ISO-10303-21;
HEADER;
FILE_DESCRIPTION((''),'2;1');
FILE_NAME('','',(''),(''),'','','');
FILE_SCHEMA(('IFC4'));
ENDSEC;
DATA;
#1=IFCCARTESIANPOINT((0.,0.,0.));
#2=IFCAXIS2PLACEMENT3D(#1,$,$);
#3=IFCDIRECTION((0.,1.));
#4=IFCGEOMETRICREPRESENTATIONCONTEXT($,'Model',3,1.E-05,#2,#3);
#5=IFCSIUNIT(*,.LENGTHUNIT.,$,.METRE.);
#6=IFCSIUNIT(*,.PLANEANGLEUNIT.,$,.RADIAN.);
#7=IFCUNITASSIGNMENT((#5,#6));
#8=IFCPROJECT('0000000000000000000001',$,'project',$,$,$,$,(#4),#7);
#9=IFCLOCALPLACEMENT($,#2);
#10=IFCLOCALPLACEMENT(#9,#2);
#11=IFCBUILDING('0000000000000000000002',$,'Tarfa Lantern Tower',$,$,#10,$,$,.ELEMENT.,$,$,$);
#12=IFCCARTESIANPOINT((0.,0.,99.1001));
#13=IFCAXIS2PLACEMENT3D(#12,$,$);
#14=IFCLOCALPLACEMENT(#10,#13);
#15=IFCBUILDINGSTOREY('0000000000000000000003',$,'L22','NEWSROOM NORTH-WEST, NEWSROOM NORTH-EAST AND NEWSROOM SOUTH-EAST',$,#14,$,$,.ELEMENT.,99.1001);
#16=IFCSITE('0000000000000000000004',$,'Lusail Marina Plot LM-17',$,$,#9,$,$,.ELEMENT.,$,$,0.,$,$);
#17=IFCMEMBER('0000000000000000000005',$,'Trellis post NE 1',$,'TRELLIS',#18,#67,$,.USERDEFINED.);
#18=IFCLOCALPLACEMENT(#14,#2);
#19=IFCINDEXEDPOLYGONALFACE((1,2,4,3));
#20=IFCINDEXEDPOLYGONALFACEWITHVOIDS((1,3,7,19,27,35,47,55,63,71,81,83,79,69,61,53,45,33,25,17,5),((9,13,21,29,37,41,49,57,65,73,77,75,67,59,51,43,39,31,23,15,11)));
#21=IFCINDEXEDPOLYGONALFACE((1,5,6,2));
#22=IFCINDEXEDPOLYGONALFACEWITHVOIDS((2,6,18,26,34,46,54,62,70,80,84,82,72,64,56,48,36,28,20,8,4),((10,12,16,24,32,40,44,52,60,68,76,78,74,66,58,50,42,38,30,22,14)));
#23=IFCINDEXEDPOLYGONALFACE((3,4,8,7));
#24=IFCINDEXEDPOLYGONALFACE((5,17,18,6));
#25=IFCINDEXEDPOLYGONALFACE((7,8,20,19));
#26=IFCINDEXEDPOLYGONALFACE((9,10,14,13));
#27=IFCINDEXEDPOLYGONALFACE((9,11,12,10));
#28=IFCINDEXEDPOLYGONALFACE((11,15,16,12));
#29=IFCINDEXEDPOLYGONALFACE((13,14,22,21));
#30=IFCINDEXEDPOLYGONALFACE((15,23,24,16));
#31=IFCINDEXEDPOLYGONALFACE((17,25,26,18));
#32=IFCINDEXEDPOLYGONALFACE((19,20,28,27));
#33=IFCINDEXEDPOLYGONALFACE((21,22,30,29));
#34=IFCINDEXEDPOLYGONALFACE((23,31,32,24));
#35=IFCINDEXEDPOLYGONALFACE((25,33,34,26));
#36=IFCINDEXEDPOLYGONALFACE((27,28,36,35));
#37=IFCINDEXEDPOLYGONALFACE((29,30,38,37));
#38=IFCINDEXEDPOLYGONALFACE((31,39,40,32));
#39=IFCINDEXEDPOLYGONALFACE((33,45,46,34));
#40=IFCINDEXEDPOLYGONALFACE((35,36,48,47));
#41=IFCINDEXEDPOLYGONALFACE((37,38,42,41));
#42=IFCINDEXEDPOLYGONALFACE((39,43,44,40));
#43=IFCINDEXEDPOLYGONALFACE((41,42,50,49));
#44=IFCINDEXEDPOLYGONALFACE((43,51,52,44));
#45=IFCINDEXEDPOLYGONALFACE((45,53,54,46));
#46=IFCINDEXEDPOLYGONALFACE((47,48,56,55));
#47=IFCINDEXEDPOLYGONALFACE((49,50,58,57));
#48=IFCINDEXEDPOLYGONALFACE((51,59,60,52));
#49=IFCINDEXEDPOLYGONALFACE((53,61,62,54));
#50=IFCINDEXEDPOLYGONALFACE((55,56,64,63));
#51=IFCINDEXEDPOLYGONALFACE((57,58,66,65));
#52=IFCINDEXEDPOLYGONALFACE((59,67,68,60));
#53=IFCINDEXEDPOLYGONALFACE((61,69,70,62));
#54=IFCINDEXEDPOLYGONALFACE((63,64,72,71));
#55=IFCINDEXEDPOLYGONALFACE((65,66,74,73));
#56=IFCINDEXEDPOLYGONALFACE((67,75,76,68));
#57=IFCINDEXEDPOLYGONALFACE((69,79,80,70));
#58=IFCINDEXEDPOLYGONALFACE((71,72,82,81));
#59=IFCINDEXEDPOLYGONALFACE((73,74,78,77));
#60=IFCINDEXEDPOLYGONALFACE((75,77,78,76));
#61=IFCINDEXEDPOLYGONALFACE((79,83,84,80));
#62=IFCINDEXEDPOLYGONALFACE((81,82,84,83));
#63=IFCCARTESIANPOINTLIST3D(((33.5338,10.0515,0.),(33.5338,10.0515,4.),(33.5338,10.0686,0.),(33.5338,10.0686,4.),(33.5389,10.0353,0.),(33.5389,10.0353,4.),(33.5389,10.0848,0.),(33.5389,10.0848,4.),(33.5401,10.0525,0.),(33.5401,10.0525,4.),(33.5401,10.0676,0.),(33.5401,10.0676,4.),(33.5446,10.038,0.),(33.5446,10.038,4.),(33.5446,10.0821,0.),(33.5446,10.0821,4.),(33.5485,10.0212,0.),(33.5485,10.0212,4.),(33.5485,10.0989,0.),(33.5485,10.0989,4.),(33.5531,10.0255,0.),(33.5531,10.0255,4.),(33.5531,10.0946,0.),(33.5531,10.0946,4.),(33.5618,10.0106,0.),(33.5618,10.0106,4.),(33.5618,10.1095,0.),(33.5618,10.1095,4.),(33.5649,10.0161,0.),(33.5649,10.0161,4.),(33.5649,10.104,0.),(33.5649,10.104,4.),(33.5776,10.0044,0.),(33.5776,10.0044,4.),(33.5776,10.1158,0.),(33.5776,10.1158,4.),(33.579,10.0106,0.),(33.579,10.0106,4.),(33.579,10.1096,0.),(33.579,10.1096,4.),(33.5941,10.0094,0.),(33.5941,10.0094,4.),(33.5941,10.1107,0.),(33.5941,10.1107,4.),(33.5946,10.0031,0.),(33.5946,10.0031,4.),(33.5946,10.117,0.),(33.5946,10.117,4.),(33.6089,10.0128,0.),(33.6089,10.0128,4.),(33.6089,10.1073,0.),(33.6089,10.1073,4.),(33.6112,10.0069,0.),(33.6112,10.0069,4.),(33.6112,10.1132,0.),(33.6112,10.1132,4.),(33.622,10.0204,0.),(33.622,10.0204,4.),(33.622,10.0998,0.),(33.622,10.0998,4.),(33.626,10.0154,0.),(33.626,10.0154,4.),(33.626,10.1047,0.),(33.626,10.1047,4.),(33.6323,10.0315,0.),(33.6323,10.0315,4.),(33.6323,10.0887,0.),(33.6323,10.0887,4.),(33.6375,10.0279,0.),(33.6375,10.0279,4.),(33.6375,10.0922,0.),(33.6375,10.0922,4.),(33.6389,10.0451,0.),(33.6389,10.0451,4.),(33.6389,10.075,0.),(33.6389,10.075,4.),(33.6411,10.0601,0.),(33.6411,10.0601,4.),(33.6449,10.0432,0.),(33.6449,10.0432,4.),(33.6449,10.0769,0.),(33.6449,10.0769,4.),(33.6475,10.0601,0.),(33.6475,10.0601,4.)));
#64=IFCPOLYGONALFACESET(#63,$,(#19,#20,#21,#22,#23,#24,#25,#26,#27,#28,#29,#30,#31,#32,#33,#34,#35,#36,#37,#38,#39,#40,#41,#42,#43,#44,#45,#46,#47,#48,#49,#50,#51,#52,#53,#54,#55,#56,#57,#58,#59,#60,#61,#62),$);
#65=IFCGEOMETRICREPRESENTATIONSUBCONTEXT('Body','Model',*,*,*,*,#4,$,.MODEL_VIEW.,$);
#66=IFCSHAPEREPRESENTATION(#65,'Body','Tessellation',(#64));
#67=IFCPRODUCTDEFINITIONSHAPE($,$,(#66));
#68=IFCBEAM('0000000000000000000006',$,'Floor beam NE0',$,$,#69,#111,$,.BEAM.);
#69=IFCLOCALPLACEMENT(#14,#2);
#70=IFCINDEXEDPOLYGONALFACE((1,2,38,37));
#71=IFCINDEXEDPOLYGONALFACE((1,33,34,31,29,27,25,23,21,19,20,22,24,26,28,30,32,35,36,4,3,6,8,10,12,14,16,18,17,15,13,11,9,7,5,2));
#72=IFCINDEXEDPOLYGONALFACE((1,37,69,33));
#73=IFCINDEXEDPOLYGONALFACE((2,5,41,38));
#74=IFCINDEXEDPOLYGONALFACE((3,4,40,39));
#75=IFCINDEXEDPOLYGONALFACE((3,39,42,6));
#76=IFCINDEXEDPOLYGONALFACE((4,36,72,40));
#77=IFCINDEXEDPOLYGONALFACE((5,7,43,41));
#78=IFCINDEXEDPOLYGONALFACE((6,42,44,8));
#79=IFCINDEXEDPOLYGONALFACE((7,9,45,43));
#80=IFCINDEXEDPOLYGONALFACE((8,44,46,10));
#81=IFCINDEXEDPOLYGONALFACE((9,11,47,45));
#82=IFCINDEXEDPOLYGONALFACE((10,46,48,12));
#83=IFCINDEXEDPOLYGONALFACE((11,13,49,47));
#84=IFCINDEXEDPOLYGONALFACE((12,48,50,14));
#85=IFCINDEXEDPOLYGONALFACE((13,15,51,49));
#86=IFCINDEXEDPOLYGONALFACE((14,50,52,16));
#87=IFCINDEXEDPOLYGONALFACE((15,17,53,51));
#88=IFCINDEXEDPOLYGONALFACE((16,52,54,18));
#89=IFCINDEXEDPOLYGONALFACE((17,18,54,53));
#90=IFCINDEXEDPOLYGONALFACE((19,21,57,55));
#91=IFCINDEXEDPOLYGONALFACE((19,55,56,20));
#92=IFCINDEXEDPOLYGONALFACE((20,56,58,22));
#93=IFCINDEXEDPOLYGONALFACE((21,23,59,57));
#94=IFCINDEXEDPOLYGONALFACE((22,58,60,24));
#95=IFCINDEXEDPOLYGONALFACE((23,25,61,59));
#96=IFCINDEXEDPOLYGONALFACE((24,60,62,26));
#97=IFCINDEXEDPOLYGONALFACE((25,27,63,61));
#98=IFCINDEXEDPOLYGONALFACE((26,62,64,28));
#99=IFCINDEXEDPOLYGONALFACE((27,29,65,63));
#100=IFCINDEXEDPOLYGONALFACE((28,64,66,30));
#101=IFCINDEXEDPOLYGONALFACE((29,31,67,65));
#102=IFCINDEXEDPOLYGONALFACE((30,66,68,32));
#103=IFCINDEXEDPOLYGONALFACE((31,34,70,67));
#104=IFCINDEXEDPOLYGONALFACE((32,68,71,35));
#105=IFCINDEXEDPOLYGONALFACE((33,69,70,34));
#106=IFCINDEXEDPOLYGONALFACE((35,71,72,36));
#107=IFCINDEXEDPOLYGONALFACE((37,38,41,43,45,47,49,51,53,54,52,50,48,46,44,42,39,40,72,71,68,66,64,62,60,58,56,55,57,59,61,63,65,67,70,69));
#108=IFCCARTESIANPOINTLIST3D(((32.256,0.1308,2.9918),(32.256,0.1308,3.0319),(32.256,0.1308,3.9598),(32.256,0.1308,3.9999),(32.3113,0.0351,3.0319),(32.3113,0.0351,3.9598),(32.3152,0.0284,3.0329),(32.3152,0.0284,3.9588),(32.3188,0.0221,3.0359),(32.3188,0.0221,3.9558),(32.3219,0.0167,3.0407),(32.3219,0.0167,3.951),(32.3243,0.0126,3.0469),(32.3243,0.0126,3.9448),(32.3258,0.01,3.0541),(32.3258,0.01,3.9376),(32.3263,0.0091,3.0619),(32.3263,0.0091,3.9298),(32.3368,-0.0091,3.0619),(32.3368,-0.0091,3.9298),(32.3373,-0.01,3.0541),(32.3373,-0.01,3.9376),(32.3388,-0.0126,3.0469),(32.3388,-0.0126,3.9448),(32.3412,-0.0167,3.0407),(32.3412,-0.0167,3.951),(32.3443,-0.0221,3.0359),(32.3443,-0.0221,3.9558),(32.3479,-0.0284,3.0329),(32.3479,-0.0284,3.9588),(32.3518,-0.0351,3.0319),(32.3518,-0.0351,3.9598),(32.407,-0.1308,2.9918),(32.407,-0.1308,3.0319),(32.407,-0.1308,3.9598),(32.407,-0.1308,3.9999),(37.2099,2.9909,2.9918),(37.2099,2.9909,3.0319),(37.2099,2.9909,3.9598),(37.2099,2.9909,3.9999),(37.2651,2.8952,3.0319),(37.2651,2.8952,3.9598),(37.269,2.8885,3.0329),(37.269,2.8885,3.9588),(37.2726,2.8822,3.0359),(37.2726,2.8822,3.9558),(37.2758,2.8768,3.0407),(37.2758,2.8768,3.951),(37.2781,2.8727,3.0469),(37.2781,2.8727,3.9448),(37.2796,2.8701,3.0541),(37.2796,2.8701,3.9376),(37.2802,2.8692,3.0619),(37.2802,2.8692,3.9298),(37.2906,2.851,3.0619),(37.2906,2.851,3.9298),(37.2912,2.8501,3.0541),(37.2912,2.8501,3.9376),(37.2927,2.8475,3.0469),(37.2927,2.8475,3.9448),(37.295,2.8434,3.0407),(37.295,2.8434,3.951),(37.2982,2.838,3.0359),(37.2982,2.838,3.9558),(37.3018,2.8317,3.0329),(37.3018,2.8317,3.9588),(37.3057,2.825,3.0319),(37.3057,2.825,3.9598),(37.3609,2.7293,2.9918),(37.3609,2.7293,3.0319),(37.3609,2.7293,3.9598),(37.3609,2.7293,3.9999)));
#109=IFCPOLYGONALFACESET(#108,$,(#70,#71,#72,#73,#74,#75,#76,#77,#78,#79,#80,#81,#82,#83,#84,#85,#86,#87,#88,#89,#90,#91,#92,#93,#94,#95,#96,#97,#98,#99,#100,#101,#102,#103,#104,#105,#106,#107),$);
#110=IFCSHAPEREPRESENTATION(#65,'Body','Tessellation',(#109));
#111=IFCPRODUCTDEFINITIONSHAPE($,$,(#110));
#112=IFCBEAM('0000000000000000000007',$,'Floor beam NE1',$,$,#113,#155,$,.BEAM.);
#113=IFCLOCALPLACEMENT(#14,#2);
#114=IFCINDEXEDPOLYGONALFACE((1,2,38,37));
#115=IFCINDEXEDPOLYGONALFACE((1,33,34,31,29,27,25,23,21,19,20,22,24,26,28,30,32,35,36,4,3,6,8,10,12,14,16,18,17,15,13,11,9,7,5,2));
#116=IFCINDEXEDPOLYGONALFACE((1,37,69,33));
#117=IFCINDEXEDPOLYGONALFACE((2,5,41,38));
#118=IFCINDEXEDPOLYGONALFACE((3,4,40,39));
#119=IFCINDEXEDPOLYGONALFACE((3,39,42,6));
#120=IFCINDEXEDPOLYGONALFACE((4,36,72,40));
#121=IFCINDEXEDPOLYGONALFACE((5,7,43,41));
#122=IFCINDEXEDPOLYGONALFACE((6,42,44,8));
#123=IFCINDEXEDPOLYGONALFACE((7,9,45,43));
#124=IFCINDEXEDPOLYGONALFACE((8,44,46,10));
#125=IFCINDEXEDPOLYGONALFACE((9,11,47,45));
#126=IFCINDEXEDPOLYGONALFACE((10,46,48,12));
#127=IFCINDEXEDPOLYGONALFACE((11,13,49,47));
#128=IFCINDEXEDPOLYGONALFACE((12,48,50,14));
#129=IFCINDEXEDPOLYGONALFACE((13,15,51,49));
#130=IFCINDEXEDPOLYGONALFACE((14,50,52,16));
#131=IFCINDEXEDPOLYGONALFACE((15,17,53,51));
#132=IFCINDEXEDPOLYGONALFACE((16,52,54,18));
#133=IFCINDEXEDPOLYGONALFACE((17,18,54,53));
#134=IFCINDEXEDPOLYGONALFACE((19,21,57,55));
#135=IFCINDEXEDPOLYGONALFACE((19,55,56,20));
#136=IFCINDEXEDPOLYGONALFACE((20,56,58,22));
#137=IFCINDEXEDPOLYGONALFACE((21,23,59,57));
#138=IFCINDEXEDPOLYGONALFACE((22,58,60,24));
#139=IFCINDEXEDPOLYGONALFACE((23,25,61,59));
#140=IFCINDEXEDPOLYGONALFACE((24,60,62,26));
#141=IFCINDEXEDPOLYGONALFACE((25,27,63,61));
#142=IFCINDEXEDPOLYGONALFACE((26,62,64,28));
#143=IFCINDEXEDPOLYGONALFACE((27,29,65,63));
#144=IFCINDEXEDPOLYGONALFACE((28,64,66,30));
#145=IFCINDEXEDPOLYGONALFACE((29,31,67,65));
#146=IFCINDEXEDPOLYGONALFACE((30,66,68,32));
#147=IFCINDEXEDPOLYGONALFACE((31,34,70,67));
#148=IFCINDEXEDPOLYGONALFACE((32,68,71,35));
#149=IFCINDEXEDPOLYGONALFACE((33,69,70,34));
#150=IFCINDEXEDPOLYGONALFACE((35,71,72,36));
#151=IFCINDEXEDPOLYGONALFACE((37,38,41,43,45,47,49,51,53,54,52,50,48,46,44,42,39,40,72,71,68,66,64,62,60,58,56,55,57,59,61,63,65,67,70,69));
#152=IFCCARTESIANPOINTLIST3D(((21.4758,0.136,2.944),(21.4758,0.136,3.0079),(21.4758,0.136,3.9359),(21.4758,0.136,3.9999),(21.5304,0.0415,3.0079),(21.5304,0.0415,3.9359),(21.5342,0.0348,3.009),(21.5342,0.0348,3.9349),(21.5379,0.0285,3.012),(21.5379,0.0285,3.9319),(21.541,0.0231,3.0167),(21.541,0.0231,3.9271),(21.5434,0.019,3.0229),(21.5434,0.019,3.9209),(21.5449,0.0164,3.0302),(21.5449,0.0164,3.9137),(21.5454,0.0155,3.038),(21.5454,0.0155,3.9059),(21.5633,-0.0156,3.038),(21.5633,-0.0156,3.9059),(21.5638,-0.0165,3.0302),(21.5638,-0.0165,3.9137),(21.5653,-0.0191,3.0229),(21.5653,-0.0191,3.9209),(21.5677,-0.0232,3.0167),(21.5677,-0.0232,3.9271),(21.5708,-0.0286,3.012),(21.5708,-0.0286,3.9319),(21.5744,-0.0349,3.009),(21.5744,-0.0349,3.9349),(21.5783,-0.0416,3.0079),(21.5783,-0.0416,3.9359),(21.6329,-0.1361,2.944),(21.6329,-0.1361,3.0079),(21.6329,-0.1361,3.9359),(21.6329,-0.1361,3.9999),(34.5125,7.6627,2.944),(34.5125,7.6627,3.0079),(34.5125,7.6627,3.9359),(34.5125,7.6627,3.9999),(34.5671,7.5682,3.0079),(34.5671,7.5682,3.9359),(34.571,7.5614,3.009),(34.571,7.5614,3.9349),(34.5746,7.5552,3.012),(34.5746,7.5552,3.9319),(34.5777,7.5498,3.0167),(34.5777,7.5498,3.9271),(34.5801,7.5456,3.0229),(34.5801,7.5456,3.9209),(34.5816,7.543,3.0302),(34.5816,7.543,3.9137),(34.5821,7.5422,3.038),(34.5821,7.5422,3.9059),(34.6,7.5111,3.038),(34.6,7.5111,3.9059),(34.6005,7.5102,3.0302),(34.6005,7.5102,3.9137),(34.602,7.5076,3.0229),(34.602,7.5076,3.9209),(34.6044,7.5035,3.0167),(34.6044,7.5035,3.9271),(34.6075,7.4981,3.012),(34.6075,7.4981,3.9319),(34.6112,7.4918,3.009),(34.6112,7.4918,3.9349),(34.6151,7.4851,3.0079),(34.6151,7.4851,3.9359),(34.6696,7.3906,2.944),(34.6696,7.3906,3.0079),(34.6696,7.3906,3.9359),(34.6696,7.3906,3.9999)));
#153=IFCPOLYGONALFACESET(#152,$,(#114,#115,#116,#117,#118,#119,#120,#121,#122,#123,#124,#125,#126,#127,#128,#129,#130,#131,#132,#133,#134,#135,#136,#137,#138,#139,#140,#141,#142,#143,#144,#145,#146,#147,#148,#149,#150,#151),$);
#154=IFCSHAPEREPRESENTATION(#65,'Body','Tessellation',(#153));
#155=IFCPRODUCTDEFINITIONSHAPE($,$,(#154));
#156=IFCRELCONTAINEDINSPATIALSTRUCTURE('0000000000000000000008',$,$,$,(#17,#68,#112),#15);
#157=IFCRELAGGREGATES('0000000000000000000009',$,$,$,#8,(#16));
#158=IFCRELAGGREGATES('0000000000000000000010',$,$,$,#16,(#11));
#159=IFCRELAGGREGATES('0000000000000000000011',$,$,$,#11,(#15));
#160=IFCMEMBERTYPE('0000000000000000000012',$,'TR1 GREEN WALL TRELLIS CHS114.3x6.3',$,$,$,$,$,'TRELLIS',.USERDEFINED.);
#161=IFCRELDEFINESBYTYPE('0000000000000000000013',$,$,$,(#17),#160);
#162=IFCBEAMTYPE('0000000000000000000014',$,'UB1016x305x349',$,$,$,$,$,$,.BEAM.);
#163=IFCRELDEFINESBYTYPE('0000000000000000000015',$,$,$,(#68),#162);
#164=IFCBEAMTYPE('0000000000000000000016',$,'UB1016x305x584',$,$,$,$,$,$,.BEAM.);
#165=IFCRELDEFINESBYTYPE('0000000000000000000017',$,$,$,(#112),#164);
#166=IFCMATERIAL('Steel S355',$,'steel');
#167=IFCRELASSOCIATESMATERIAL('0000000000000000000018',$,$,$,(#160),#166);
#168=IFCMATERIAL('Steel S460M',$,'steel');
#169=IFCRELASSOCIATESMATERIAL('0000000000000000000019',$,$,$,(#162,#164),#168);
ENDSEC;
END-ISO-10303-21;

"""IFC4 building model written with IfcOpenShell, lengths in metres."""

from ifc_helpers import new_model, si_unit, direction, frame, origin, origin_2d, place, context, subcontext, project, spatial, hollow_circle, i_section, extrude, material, material_profile, profile_set, type_object, element, save


model = new_model("IFC4")

# Units and contexts
model_context = context("Model", 3, precision=1e-05, world=origin(), true_north=direction((0.0, 1.0)))
body_context = subcontext(model_context, "Body", "Model", "MODEL_VIEW")
ifc_project = project(units=[si_unit("LENGTHUNIT", "METRE"), si_unit("PLANEANGLEUNIT", "RADIAN")], contexts=[model_context])

# Site, building, storey
site_placement = place(None, origin())
site = spatial("IfcSite", under=ifc_project, at=site_placement, Name="Lusail Marina Plot LM-17", CompositionType="ELEMENT", RefElevation=0.0)
building_placement = place(site_placement, origin())
building = spatial("IfcBuilding", under=site, at=building_placement, Name="Tarfa Lantern Tower", CompositionType="ELEMENT")
storey_placement = place(building_placement, frame((0.0, 0.0, 99.1001)))
storey = spatial("IfcBuildingStorey", under=building, at=storey_placement, Name="L22", Description="NEWSROOM NORTH-WEST, NEWSROOM NORTH-EAST AND NEWSROOM SOUTH-EAST", CompositionType="ELEMENT", Elevation=99.1001)

# Member
ifc_material_1 = material(Name="Steel S355", Category="steel")
ifc_material_profile_1 = material_profile(ifc_material_1, hollow_circle(Radius=0.0571, WallThickness=0.0063, at=origin_2d()), Name="CHS114.3x6.3")
ifc_profile_set_1 = profile_set([ifc_material_profile_1], Name="Steel S355")
member_type_1 = type_object("IfcMemberType", Name="TR1 GREEN WALL TRELLIS CHS114.3x6.3", ElementType="TRELLIS", PredefinedType="USERDEFINED", material=ifc_profile_set_1)
member_1_placement = place(storey_placement, frame((33.5903, 10.0601, 0.0), z_axis=(0.0, 0.0, 1.0), x_axis=(1.0, 0.0, 0.0)))
element("IfcMember", 1, at=member_1_placement, inside=storey, type_object=member_type_1, Name="Trellis post NE 1", ObjectType="TRELLIS", PredefinedType="USERDEFINED", context=body_context, shape_type="SweptSolid", body=[
    extrude(hollow_circle(Radius=0.0571, WallThickness=0.0063, at=origin_2d()), origin(), (0.0, 0.0, 1.0), 4.0),
])

# Beams
ifc_material_2 = material(Name="Steel S460M", Category="steel")
ifc_material_profile_2 = material_profile(ifc_material_2, i_section(OverallWidth=0.302, OverallDepth=1.0081, WebThickness=0.021, FlangeThickness=0.04, FilletRadius=0.03, at=origin_2d()), Name="UB1016x305x349")
ifc_profile_set_2 = profile_set([ifc_material_profile_2], Name="Steel S460M")
beam_type_1 = type_object("IfcBeamType", Name="UB1016x305x349", PredefinedType="BEAM", material=ifc_profile_set_2)
beam_1_placement = place(storey_placement, frame((37.2854, 2.8601, 3.4958), z_axis=(-0.866026, -0.5, 0.0), x_axis=(0.5, -0.866026, 0.0)))
element("IfcBeam", 2, at=beam_1_placement, inside=storey, type_object=beam_type_1, Name="Floor beam NE0", PredefinedType="BEAM", context=body_context, shape_type="SweptSolid", body=[
    extrude(i_section(OverallWidth=0.302, OverallDepth=1.0081, WebThickness=0.021, FlangeThickness=0.04, FilletRadius=0.03, at=origin_2d()), origin(), (0.0, 0.0, 1.0), 5.7202),
])
ifc_material_profile_3 = material_profile(ifc_material_2, i_section(OverallWidth=0.3142, OverallDepth=1.0559, WebThickness=0.0359, FlangeThickness=0.064, FilletRadius=0.03, at=origin_2d()), Name="UB1016x305x584")
ifc_profile_set_3 = profile_set([ifc_material_profile_3], Name="Steel S460M")
beam_type_2 = type_object("IfcBeamType", Name="UB1016x305x584", PredefinedType="BEAM", material=ifc_profile_set_3)
beam_2_placement = place(storey_placement, frame((34.5911, 7.5266, 3.4719), z_axis=(-0.866028, -0.499996, 0.0), x_axis=(0.499996, -0.866028, 0.0)))
element("IfcBeam", 3, at=beam_2_placement, inside=storey, type_object=beam_type_2, Name="Floor beam NE1", PredefinedType="BEAM", context=body_context, shape_type="SweptSolid", body=[
    extrude(i_section(OverallWidth=0.3142, OverallDepth=1.0559, WebThickness=0.0359, FlangeThickness=0.064, FilletRadius=0.03, at=origin_2d()), origin(), (0.0, 0.0, 1.0), 15.0535),
])

save(model, "model.ifc")
